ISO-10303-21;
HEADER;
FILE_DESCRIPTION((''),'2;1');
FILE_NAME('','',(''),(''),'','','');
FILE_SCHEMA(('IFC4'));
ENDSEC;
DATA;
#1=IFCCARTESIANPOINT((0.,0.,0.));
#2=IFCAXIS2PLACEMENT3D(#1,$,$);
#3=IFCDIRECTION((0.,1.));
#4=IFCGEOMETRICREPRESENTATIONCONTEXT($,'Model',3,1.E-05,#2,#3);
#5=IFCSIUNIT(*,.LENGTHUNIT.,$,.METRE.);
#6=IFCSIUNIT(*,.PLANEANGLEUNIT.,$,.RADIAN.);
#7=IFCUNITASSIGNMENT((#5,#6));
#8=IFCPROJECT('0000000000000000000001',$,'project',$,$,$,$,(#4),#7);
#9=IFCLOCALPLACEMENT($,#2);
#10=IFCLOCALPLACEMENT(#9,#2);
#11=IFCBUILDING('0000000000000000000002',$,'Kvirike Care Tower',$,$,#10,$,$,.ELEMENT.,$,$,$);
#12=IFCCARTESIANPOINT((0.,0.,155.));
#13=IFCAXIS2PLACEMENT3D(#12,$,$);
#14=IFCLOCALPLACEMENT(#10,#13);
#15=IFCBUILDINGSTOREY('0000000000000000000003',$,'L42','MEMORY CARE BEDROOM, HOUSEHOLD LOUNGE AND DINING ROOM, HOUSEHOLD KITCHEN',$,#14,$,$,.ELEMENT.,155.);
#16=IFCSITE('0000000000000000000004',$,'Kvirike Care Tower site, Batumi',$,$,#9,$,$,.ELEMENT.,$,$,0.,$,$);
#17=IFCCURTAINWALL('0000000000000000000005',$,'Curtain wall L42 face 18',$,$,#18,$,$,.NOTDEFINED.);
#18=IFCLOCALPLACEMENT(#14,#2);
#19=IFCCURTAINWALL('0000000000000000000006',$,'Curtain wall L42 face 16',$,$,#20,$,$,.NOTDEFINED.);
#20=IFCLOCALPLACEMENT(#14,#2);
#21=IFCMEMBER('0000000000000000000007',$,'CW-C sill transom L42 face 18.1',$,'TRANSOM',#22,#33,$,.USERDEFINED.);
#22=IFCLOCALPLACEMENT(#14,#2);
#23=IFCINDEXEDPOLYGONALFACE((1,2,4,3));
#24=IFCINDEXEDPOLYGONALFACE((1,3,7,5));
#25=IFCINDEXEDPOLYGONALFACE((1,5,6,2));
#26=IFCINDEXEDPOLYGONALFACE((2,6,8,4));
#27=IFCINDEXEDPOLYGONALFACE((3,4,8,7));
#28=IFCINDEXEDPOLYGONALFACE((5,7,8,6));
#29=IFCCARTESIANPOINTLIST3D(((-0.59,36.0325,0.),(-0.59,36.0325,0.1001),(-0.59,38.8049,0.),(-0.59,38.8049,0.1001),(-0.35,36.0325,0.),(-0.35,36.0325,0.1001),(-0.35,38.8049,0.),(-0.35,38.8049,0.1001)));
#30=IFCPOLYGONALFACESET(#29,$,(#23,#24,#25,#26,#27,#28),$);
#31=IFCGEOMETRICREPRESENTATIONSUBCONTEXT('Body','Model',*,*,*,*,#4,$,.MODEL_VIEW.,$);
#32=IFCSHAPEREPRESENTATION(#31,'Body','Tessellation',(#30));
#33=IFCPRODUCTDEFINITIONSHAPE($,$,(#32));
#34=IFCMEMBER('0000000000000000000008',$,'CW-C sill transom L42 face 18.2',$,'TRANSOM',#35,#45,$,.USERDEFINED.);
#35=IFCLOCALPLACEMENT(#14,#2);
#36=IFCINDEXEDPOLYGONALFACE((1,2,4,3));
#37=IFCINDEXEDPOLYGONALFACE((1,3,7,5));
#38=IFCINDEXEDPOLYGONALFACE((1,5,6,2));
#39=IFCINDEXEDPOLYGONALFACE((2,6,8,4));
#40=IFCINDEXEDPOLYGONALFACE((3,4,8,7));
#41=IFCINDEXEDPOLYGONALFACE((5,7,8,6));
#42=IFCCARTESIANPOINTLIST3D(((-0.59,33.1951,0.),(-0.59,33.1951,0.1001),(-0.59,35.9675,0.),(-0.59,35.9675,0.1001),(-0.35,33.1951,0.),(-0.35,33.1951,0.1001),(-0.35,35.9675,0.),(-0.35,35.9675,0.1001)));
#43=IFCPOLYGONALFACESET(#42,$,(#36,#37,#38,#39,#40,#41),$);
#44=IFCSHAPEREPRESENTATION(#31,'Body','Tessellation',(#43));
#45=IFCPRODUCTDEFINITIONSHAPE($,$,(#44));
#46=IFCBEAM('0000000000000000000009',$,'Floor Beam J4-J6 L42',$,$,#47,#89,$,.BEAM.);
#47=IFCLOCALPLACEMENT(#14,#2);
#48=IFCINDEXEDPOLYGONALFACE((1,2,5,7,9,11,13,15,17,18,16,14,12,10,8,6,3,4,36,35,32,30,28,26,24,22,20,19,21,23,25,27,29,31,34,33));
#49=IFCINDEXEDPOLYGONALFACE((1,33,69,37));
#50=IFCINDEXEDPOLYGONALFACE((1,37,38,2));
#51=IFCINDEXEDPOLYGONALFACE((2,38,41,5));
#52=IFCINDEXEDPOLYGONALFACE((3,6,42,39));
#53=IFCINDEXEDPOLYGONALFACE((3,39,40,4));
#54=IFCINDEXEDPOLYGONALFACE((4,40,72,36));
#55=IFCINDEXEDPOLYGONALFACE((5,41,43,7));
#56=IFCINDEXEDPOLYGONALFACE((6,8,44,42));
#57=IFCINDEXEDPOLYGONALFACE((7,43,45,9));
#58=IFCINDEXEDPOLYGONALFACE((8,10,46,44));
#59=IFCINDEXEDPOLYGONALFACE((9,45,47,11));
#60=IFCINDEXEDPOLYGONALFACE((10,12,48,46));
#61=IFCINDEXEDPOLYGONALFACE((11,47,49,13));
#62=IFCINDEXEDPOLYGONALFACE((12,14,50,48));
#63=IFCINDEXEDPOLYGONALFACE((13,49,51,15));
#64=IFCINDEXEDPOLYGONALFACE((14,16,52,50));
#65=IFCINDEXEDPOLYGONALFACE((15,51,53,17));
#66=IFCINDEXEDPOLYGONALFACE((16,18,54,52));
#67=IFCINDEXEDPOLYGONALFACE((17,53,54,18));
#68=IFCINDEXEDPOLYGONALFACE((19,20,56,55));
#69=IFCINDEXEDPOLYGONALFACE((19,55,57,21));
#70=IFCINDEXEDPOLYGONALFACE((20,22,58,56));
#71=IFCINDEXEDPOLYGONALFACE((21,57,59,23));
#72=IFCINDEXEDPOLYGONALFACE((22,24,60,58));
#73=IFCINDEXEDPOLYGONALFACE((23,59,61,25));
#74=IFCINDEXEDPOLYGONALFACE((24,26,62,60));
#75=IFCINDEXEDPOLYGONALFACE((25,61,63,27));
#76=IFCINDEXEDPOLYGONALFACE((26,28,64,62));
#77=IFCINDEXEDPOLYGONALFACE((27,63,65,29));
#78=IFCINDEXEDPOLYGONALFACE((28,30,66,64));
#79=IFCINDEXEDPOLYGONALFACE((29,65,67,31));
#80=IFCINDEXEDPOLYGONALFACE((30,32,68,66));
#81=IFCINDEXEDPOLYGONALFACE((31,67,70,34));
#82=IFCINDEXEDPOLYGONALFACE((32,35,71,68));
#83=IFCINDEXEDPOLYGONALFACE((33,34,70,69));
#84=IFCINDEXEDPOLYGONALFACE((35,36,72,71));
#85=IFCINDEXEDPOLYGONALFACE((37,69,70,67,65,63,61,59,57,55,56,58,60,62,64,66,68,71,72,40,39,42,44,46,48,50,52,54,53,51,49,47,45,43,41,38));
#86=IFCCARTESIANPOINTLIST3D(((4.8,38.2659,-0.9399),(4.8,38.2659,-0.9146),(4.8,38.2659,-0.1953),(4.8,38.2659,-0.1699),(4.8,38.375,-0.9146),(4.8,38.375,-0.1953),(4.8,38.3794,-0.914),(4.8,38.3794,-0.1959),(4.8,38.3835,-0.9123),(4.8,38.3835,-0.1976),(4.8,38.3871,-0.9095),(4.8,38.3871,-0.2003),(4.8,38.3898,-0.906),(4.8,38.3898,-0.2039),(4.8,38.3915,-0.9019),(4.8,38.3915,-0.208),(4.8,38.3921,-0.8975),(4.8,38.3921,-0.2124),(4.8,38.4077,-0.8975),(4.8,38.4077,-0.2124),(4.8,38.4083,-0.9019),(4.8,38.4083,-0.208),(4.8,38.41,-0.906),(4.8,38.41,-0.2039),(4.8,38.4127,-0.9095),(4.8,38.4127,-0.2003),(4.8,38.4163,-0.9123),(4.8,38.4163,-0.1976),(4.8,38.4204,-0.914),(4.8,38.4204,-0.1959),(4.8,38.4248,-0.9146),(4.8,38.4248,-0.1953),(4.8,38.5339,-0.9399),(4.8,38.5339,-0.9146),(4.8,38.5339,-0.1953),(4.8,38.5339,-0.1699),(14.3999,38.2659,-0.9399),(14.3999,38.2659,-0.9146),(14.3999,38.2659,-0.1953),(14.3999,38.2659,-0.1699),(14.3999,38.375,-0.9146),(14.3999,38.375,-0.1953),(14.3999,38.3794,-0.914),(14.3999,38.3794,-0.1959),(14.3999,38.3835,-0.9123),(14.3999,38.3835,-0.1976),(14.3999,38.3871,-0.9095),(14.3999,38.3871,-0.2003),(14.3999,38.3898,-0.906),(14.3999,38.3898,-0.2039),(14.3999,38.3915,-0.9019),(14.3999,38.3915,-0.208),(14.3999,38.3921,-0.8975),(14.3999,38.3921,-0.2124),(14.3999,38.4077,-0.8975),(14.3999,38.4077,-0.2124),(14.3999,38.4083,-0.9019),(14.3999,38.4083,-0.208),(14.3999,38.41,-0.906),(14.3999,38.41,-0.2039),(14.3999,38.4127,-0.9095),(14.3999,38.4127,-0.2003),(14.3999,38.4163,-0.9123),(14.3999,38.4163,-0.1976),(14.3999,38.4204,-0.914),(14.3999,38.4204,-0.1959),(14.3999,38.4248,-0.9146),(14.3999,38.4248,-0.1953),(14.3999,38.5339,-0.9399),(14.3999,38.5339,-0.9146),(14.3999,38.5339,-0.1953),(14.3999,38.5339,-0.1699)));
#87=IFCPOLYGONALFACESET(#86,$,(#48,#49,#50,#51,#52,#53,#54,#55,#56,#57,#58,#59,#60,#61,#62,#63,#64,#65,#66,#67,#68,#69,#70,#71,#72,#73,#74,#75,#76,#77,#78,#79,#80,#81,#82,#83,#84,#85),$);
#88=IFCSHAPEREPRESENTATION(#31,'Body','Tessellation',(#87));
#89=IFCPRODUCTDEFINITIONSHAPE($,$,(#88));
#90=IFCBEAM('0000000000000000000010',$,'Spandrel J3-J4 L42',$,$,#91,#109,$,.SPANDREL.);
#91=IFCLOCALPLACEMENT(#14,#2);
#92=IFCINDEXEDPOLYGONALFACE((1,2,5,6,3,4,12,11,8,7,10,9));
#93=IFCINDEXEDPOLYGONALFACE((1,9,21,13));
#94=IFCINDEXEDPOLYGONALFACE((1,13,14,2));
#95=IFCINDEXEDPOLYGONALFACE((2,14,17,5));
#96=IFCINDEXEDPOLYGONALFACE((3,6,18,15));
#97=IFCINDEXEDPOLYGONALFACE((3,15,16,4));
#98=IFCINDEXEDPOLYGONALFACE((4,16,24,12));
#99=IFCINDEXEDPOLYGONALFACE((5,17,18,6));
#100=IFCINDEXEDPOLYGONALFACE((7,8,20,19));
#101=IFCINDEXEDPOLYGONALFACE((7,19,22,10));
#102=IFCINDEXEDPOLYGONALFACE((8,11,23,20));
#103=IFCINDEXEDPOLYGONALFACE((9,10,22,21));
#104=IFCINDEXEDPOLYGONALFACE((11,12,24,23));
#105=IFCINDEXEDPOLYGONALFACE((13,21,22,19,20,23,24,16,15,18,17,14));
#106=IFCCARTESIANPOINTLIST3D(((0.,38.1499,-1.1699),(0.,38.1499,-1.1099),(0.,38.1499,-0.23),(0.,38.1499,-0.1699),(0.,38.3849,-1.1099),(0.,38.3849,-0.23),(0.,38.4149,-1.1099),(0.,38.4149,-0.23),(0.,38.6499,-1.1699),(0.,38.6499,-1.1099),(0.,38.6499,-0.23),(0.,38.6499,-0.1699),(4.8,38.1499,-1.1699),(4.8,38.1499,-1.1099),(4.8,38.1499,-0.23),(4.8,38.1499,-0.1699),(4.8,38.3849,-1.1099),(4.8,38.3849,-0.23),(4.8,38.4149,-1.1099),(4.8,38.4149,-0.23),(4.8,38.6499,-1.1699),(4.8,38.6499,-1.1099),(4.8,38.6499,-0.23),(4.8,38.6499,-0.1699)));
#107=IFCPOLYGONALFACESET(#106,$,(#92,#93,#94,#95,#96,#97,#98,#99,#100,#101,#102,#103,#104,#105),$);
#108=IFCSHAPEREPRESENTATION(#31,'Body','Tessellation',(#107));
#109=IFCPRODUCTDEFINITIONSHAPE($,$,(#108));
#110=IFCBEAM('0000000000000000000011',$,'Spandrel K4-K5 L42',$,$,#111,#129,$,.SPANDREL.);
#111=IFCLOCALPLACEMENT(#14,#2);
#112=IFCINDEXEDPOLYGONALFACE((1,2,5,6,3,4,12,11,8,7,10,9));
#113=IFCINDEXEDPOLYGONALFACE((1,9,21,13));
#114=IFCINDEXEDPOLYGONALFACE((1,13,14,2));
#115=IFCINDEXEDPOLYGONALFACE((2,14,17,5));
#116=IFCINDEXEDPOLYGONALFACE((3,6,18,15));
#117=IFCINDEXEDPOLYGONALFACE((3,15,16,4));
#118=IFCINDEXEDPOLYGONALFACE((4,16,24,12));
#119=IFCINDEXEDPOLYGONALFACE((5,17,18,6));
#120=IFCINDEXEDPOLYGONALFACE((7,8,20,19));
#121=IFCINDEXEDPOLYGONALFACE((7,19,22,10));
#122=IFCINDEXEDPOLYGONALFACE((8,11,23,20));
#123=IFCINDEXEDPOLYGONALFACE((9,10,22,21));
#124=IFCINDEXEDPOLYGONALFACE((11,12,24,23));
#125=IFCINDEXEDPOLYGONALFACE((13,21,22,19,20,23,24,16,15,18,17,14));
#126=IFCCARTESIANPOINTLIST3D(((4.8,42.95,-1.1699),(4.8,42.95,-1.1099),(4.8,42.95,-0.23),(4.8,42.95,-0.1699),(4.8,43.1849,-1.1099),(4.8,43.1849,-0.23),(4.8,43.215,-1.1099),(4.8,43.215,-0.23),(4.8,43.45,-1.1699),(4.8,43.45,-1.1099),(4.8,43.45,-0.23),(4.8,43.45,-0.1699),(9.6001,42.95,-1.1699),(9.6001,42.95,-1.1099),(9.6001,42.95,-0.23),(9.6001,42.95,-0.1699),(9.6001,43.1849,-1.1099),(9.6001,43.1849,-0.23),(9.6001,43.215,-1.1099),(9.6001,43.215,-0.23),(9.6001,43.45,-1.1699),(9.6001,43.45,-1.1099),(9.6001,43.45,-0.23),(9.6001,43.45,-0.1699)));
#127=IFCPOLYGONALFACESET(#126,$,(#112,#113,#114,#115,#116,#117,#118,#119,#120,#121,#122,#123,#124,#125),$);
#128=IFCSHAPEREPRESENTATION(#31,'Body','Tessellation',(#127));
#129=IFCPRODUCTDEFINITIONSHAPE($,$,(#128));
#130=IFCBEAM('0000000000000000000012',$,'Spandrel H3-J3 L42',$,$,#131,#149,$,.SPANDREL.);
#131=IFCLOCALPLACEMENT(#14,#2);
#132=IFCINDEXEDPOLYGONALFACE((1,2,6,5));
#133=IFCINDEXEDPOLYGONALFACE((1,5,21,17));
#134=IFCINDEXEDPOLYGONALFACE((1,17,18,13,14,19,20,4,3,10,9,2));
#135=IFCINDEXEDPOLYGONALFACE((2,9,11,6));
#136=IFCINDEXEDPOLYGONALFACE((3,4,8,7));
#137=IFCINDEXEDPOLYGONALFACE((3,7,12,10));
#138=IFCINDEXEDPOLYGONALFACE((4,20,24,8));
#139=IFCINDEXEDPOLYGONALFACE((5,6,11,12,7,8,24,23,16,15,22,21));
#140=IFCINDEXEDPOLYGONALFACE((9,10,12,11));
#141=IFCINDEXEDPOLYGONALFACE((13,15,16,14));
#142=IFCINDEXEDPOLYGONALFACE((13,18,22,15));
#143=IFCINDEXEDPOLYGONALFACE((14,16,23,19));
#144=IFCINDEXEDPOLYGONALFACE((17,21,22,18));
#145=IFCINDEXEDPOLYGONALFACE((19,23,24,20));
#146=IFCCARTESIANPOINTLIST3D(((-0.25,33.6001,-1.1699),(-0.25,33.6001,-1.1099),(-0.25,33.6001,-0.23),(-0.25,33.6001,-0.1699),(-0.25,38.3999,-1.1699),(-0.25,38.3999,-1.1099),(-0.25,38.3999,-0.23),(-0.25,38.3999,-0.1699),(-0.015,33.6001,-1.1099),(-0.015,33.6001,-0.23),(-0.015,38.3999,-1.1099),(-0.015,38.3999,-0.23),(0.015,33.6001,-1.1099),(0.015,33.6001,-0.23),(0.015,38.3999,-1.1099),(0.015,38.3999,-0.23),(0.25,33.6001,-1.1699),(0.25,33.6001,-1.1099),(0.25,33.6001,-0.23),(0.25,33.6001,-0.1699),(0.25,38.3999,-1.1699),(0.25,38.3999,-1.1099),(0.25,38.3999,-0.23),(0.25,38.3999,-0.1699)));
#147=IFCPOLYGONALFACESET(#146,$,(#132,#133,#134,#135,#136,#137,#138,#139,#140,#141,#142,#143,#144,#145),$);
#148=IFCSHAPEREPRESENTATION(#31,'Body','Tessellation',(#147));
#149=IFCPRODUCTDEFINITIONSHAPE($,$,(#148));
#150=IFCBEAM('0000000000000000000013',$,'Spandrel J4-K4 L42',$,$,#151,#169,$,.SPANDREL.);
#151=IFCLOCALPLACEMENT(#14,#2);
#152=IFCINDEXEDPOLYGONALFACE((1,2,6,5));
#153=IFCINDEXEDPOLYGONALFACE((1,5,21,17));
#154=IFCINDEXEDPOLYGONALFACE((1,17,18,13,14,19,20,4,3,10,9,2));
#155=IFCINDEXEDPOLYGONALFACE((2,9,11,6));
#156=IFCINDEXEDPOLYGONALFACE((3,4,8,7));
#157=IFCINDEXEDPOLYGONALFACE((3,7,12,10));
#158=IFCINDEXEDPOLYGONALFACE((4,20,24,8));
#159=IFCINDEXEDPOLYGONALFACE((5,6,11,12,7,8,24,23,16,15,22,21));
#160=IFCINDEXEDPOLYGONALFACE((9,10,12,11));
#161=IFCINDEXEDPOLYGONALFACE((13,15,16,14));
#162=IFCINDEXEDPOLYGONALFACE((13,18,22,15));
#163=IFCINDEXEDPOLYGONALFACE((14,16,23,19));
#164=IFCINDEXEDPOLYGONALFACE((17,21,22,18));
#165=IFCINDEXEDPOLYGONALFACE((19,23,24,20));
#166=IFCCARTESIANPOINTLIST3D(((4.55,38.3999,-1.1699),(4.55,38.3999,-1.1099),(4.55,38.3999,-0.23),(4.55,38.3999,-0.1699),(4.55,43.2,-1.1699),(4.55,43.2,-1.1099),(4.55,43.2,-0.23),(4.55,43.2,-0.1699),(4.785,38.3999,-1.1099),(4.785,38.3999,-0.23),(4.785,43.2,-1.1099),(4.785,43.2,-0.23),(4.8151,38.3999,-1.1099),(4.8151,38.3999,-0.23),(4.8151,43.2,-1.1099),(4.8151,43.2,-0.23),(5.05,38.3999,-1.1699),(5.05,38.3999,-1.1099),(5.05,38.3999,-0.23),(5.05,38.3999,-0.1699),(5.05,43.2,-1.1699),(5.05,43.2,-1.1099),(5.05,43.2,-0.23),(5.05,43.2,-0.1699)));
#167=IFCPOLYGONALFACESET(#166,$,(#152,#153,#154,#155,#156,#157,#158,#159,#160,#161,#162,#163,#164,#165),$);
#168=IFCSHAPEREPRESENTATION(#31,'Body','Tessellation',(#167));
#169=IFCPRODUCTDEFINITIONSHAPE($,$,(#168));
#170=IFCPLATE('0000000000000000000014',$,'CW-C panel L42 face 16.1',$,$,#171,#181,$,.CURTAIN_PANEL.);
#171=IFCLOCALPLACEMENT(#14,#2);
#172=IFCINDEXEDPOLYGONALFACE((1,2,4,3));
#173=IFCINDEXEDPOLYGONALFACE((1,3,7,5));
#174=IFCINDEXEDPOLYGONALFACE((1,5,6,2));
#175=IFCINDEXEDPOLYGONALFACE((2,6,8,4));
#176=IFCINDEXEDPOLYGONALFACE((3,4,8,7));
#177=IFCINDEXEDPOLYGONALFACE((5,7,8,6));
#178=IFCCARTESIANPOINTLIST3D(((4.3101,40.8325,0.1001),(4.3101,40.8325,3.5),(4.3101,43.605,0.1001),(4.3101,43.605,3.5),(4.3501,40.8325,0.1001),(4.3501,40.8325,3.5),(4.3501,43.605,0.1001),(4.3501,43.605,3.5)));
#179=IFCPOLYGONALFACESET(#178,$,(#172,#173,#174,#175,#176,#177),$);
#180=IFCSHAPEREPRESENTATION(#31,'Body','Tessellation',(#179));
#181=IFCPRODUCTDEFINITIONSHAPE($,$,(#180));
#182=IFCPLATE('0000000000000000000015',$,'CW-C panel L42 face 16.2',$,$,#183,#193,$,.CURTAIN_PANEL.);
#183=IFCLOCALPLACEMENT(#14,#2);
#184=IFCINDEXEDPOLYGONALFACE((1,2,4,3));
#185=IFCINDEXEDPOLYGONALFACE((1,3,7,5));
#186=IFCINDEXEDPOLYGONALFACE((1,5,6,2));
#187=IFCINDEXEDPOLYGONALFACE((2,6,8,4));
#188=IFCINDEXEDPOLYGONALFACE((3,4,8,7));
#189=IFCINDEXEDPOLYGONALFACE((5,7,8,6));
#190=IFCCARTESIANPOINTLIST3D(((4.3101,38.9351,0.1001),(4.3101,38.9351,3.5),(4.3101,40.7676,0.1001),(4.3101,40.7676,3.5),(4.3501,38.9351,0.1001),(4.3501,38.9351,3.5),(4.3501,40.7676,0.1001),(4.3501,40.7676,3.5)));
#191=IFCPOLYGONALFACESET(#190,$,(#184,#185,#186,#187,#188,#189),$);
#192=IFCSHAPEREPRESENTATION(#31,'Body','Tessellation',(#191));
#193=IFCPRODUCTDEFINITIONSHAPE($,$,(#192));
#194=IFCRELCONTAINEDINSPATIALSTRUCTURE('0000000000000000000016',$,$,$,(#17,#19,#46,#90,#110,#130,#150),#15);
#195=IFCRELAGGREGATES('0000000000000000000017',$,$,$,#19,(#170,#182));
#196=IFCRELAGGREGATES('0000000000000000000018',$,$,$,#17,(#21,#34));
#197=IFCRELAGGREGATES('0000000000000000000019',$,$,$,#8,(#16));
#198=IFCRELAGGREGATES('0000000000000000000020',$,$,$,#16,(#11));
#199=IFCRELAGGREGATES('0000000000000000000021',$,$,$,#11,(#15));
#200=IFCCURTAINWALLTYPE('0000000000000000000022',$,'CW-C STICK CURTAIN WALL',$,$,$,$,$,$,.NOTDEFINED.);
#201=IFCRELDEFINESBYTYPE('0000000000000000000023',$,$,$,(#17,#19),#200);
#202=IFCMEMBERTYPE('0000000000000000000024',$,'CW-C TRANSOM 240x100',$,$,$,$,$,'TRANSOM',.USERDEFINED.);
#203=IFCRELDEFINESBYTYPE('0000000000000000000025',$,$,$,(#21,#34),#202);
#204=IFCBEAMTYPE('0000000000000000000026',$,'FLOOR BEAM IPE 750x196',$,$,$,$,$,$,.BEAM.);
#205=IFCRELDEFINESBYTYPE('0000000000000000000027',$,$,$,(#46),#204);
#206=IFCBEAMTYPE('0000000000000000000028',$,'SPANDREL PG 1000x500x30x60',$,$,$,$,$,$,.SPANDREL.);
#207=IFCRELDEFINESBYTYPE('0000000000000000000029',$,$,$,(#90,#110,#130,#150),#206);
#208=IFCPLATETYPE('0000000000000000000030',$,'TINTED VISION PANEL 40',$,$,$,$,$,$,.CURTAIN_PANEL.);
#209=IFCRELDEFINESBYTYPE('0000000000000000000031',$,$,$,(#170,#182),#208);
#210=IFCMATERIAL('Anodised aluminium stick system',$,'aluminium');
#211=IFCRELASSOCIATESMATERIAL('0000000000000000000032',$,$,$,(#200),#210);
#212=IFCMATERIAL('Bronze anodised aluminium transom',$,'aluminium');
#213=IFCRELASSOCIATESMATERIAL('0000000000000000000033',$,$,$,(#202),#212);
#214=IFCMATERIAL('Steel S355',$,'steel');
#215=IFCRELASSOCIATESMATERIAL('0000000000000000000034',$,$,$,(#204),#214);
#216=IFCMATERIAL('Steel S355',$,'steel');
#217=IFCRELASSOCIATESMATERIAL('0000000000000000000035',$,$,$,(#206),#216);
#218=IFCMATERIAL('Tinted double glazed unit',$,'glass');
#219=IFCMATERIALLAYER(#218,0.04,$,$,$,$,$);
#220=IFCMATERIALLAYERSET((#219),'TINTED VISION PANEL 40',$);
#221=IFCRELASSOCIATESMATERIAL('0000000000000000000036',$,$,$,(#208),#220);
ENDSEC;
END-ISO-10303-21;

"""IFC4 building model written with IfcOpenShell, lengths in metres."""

from ifc_helpers import new_model, si_unit, direction, frame, origin, origin_2d, place, context, subcontext, project, spatial, rectangle, i_section, extrude, material, layer, layer_set, material_profile, profile_set, type_object, element, aggregate, save


model = new_model("IFC4")

# Units and contexts
model_context = context("Model", 3, precision=1e-05, world=origin(), true_north=direction((0.0, 1.0)))
body_context = subcontext(model_context, "Body", "Model", "MODEL_VIEW")
ifc_project = project(units=[si_unit("LENGTHUNIT", "METRE"), si_unit("PLANEANGLEUNIT", "RADIAN")], contexts=[model_context])

# Site, building, storey
site_placement = place(None, origin())
site = spatial("IfcSite", under=ifc_project, at=site_placement, Name="Kvirike Care Tower site, Batumi", CompositionType="ELEMENT", RefElevation=0.0)
building_placement = place(site_placement, origin())
building = spatial("IfcBuilding", under=site, at=building_placement, Name="Kvirike Care Tower", CompositionType="ELEMENT")
storey_placement = place(building_placement, frame((0.0, 0.0, 155.0)))
storey = spatial("IfcBuildingStorey", under=building, at=storey_placement, Name="L42", Description="MEMORY CARE BEDROOM, HOUSEHOLD LOUNGE AND DINING ROOM, HOUSEHOLD KITCHEN", CompositionType="ELEMENT", Elevation=155.0)

# Curtain wall
ifc_material_1 = material(Name="Anodised aluminium stick system", Category="aluminium")
curtain_wall_type = type_object("IfcCurtainWallType", Name="CW-C STICK CURTAIN WALL", PredefinedType="NOTDEFINED", material=ifc_material_1)
curtain_wall_1_placement = place(storey_placement, origin())
curtain_wall_1 = element("IfcCurtainWall", 1, at=curtain_wall_1_placement, inside=storey, type_object=curtain_wall_type, Name="Curtain wall L42 face 18", PredefinedType="NOTDEFINED")

# Curtain wall
curtain_wall_2_placement = place(storey_placement, origin())
curtain_wall_2 = element("IfcCurtainWall", 2, at=curtain_wall_2_placement, inside=storey, type_object=curtain_wall_type, Name="Curtain wall L42 face 16", PredefinedType="NOTDEFINED")

# Members
ifc_material_2 = material(Name="Bronze anodised aluminium transom", Category="aluminium")
ifc_material_profile_1 = material_profile(ifc_material_2, rectangle(XDim=0.24, YDim=0.1001, at=origin_2d()), Name="CW-C TRANSOM 240x100")
ifc_profile_set_1 = profile_set([ifc_material_profile_1], Name="Bronze anodised aluminium transom")
member_type_1 = type_object("IfcMemberType", Name="CW-C TRANSOM 240x100", ElementType="TRANSOM", PredefinedType="USERDEFINED", material=ifc_profile_set_1)
member_1_placement = place(storey_placement, frame((-0.47, 38.8049, 0.05), z_axis=(0.0, -1.0, 0.0), x_axis=(1.0, 0.0, 0.0)))
member_1 = element("IfcMember", 3, at=member_1_placement, type_object=member_type_1, Name="CW-C sill transom L42 face 18.1", ObjectType="TRANSOM", PredefinedType="USERDEFINED", context=body_context, shape_type="SweptSolid", body=[
    extrude(rectangle(XDim=0.24, YDim=0.1001, at=origin_2d()), origin(), (0.0, 0.0, 1.0), 2.7725),
])
member_2_placement = place(storey_placement, frame((-0.47, 35.9675, 0.05), z_axis=(0.0, -1.0, 0.0), x_axis=(1.0, 0.0, 0.0)))
member_2 = element("IfcMember", 4, at=member_2_placement, type_object=member_type_1, Name="CW-C sill transom L42 face 18.2", ObjectType="TRANSOM", PredefinedType="USERDEFINED", context=body_context, shape_type="SweptSolid", body=[
    extrude(rectangle(XDim=0.24, YDim=0.1001, at=origin_2d()), origin(), (0.0, 0.0, 1.0), 2.7725),
])

# Beams
ifc_material_3 = material(Name="Steel S355", Category="steel")
ifc_material_profile_2 = material_profile(ifc_material_3, i_section(OverallWidth=0.2681, OverallDepth=0.77, WebThickness=0.0156, FlangeThickness=0.0254, FilletRadius=0.0171, at=origin_2d()), Name="IPE 750x196")
ifc_profile_set_2 = profile_set([ifc_material_profile_2], Name="Steel S355")
beam_type_1 = type_object("IfcBeamType", Name="FLOOR BEAM IPE 750x196", PredefinedType="BEAM", material=ifc_profile_set_2)
beam_1_placement = place(storey_placement, frame((4.8, 38.3999, -0.5549), z_axis=(1.0, 0.0, 0.0), x_axis=(0.0, 1.0, 0.0)))
element("IfcBeam", 5, at=beam_1_placement, inside=storey, type_object=beam_type_1, Name="Floor Beam J4-J6 L42", PredefinedType="BEAM", context=body_context, shape_type="SweptSolid", body=[
    extrude(i_section(OverallWidth=0.2681, OverallDepth=0.77, WebThickness=0.0156, FlangeThickness=0.0254, FilletRadius=0.0171, at=origin_2d()), origin(), (0.0, 0.0, 1.0), 9.5999),
])
ifc_material_4 = material(Name="Steel S355", Category="steel")
ifc_material_profile_3 = material_profile(ifc_material_4, i_section(OverallWidth=0.5, OverallDepth=1.0, WebThickness=0.03, FlangeThickness=0.0601, at=origin_2d()), Name="PG 1000x500x30x60")
ifc_profile_set_3 = profile_set([ifc_material_profile_3], Name="Steel S355")
beam_type_2 = type_object("IfcBeamType", Name="SPANDREL PG 1000x500x30x60", PredefinedType="SPANDREL", material=ifc_profile_set_3)
for number, where, z_axis, x_axis, name in (
    (6, (0.0, 38.3999, -0.6699), (1.0, 0.0, 0.0), (0.0, 1.0, 0.0), "Spandrel J3-J4 L42"),
    (7, (4.8, 43.2, -0.6699), (1.0, 0.0, 0.0), (0.0, 1.0, 0.0), "Spandrel K4-K5 L42"),
):
    element("IfcBeam", number, at=place(storey_placement, frame(where, z_axis=z_axis, x_axis=x_axis)), inside=storey, type_object=beam_type_2, Name=name, PredefinedType="SPANDREL", context=body_context, shape_type="SweptSolid", body=[
        extrude(i_section(OverallWidth=0.5, OverallDepth=1.0, WebThickness=0.03, FlangeThickness=0.0601, at=origin_2d()), origin(), (0.0, 0.0, 1.0), 4.8),
    ])
beam_2_placement = place(storey_placement, frame((0.0, 33.6001, -0.6699), z_axis=(0.0, 1.0, 0.0), x_axis=(-1.0, 0.0, 0.0)))
element("IfcBeam", 8, at=beam_2_placement, inside=storey, type_object=beam_type_2, Name="Spandrel H3-J3 L42", PredefinedType="SPANDREL", context=body_context, shape_type="SweptSolid", body=[
    extrude(i_section(OverallWidth=0.5, OverallDepth=1.0, WebThickness=0.03, FlangeThickness=0.0601, at=origin_2d()), origin(), (0.0, 0.0, 1.0), 4.7998),
])
beam_3_placement = place(storey_placement, frame((4.8, 38.3999, -0.6699), z_axis=(0.0, 1.0, 0.0), x_axis=(-1.0, 0.0, 0.0)))
element("IfcBeam", 9, at=beam_3_placement, inside=storey, type_object=beam_type_2, Name="Spandrel J4-K4 L42", PredefinedType="SPANDREL", context=body_context, shape_type="SweptSolid", body=[
    extrude(i_section(OverallWidth=0.5, OverallDepth=1.0, WebThickness=0.03, FlangeThickness=0.0601, at=origin_2d()), origin(), (0.0, 0.0, 1.0), 4.8),
])

# Plates
ifc_material_5 = material(Name="Tinted double glazed unit", Category="glass")
ifc_layer_1 = layer(ifc_material_5, 0.04)
ifc_layer_set_1 = layer_set([ifc_layer_1], Name="TINTED VISION PANEL 40")
plate_type = type_object("IfcPlateType", Name="TINTED VISION PANEL 40", PredefinedType="CURTAIN_PANEL", material=ifc_layer_set_1)
plate_1_placement = place(storey_placement, frame((4.3301, 42.2188, 0.1001), z_axis=(0.0, 0.0, 1.0), x_axis=(0.0, -1.0, 0.0)))
plate_1 = element("IfcPlate", 10, at=plate_1_placement, type_object=plate_type, Name="CW-C panel L42 face 16.1", PredefinedType="CURTAIN_PANEL", context=body_context, shape_type="SweptSolid", body=[
    extrude(rectangle(XDim=2.7725, YDim=0.04, at=origin_2d()), origin(), (0.0, 0.0, 1.0), 3.3999),
])
plate_2_placement = place(storey_placement, frame((4.3301, 39.8513, 0.1001), z_axis=(0.0, 0.0, 1.0), x_axis=(0.0, -1.0, 0.0)))
plate_2 = element("IfcPlate", 11, at=plate_2_placement, type_object=plate_type, Name="CW-C panel L42 face 16.2", PredefinedType="CURTAIN_PANEL", context=body_context, shape_type="SweptSolid", body=[
    extrude(rectangle(XDim=1.8325, YDim=0.04, at=origin_2d()), origin(), (0.0, 0.0, 1.0), 3.3999),
])
aggregate(curtain_wall_2, [plate_1, plate_2])
aggregate(curtain_wall_1, [member_1, member_2])

save(model, "model.ifc")
